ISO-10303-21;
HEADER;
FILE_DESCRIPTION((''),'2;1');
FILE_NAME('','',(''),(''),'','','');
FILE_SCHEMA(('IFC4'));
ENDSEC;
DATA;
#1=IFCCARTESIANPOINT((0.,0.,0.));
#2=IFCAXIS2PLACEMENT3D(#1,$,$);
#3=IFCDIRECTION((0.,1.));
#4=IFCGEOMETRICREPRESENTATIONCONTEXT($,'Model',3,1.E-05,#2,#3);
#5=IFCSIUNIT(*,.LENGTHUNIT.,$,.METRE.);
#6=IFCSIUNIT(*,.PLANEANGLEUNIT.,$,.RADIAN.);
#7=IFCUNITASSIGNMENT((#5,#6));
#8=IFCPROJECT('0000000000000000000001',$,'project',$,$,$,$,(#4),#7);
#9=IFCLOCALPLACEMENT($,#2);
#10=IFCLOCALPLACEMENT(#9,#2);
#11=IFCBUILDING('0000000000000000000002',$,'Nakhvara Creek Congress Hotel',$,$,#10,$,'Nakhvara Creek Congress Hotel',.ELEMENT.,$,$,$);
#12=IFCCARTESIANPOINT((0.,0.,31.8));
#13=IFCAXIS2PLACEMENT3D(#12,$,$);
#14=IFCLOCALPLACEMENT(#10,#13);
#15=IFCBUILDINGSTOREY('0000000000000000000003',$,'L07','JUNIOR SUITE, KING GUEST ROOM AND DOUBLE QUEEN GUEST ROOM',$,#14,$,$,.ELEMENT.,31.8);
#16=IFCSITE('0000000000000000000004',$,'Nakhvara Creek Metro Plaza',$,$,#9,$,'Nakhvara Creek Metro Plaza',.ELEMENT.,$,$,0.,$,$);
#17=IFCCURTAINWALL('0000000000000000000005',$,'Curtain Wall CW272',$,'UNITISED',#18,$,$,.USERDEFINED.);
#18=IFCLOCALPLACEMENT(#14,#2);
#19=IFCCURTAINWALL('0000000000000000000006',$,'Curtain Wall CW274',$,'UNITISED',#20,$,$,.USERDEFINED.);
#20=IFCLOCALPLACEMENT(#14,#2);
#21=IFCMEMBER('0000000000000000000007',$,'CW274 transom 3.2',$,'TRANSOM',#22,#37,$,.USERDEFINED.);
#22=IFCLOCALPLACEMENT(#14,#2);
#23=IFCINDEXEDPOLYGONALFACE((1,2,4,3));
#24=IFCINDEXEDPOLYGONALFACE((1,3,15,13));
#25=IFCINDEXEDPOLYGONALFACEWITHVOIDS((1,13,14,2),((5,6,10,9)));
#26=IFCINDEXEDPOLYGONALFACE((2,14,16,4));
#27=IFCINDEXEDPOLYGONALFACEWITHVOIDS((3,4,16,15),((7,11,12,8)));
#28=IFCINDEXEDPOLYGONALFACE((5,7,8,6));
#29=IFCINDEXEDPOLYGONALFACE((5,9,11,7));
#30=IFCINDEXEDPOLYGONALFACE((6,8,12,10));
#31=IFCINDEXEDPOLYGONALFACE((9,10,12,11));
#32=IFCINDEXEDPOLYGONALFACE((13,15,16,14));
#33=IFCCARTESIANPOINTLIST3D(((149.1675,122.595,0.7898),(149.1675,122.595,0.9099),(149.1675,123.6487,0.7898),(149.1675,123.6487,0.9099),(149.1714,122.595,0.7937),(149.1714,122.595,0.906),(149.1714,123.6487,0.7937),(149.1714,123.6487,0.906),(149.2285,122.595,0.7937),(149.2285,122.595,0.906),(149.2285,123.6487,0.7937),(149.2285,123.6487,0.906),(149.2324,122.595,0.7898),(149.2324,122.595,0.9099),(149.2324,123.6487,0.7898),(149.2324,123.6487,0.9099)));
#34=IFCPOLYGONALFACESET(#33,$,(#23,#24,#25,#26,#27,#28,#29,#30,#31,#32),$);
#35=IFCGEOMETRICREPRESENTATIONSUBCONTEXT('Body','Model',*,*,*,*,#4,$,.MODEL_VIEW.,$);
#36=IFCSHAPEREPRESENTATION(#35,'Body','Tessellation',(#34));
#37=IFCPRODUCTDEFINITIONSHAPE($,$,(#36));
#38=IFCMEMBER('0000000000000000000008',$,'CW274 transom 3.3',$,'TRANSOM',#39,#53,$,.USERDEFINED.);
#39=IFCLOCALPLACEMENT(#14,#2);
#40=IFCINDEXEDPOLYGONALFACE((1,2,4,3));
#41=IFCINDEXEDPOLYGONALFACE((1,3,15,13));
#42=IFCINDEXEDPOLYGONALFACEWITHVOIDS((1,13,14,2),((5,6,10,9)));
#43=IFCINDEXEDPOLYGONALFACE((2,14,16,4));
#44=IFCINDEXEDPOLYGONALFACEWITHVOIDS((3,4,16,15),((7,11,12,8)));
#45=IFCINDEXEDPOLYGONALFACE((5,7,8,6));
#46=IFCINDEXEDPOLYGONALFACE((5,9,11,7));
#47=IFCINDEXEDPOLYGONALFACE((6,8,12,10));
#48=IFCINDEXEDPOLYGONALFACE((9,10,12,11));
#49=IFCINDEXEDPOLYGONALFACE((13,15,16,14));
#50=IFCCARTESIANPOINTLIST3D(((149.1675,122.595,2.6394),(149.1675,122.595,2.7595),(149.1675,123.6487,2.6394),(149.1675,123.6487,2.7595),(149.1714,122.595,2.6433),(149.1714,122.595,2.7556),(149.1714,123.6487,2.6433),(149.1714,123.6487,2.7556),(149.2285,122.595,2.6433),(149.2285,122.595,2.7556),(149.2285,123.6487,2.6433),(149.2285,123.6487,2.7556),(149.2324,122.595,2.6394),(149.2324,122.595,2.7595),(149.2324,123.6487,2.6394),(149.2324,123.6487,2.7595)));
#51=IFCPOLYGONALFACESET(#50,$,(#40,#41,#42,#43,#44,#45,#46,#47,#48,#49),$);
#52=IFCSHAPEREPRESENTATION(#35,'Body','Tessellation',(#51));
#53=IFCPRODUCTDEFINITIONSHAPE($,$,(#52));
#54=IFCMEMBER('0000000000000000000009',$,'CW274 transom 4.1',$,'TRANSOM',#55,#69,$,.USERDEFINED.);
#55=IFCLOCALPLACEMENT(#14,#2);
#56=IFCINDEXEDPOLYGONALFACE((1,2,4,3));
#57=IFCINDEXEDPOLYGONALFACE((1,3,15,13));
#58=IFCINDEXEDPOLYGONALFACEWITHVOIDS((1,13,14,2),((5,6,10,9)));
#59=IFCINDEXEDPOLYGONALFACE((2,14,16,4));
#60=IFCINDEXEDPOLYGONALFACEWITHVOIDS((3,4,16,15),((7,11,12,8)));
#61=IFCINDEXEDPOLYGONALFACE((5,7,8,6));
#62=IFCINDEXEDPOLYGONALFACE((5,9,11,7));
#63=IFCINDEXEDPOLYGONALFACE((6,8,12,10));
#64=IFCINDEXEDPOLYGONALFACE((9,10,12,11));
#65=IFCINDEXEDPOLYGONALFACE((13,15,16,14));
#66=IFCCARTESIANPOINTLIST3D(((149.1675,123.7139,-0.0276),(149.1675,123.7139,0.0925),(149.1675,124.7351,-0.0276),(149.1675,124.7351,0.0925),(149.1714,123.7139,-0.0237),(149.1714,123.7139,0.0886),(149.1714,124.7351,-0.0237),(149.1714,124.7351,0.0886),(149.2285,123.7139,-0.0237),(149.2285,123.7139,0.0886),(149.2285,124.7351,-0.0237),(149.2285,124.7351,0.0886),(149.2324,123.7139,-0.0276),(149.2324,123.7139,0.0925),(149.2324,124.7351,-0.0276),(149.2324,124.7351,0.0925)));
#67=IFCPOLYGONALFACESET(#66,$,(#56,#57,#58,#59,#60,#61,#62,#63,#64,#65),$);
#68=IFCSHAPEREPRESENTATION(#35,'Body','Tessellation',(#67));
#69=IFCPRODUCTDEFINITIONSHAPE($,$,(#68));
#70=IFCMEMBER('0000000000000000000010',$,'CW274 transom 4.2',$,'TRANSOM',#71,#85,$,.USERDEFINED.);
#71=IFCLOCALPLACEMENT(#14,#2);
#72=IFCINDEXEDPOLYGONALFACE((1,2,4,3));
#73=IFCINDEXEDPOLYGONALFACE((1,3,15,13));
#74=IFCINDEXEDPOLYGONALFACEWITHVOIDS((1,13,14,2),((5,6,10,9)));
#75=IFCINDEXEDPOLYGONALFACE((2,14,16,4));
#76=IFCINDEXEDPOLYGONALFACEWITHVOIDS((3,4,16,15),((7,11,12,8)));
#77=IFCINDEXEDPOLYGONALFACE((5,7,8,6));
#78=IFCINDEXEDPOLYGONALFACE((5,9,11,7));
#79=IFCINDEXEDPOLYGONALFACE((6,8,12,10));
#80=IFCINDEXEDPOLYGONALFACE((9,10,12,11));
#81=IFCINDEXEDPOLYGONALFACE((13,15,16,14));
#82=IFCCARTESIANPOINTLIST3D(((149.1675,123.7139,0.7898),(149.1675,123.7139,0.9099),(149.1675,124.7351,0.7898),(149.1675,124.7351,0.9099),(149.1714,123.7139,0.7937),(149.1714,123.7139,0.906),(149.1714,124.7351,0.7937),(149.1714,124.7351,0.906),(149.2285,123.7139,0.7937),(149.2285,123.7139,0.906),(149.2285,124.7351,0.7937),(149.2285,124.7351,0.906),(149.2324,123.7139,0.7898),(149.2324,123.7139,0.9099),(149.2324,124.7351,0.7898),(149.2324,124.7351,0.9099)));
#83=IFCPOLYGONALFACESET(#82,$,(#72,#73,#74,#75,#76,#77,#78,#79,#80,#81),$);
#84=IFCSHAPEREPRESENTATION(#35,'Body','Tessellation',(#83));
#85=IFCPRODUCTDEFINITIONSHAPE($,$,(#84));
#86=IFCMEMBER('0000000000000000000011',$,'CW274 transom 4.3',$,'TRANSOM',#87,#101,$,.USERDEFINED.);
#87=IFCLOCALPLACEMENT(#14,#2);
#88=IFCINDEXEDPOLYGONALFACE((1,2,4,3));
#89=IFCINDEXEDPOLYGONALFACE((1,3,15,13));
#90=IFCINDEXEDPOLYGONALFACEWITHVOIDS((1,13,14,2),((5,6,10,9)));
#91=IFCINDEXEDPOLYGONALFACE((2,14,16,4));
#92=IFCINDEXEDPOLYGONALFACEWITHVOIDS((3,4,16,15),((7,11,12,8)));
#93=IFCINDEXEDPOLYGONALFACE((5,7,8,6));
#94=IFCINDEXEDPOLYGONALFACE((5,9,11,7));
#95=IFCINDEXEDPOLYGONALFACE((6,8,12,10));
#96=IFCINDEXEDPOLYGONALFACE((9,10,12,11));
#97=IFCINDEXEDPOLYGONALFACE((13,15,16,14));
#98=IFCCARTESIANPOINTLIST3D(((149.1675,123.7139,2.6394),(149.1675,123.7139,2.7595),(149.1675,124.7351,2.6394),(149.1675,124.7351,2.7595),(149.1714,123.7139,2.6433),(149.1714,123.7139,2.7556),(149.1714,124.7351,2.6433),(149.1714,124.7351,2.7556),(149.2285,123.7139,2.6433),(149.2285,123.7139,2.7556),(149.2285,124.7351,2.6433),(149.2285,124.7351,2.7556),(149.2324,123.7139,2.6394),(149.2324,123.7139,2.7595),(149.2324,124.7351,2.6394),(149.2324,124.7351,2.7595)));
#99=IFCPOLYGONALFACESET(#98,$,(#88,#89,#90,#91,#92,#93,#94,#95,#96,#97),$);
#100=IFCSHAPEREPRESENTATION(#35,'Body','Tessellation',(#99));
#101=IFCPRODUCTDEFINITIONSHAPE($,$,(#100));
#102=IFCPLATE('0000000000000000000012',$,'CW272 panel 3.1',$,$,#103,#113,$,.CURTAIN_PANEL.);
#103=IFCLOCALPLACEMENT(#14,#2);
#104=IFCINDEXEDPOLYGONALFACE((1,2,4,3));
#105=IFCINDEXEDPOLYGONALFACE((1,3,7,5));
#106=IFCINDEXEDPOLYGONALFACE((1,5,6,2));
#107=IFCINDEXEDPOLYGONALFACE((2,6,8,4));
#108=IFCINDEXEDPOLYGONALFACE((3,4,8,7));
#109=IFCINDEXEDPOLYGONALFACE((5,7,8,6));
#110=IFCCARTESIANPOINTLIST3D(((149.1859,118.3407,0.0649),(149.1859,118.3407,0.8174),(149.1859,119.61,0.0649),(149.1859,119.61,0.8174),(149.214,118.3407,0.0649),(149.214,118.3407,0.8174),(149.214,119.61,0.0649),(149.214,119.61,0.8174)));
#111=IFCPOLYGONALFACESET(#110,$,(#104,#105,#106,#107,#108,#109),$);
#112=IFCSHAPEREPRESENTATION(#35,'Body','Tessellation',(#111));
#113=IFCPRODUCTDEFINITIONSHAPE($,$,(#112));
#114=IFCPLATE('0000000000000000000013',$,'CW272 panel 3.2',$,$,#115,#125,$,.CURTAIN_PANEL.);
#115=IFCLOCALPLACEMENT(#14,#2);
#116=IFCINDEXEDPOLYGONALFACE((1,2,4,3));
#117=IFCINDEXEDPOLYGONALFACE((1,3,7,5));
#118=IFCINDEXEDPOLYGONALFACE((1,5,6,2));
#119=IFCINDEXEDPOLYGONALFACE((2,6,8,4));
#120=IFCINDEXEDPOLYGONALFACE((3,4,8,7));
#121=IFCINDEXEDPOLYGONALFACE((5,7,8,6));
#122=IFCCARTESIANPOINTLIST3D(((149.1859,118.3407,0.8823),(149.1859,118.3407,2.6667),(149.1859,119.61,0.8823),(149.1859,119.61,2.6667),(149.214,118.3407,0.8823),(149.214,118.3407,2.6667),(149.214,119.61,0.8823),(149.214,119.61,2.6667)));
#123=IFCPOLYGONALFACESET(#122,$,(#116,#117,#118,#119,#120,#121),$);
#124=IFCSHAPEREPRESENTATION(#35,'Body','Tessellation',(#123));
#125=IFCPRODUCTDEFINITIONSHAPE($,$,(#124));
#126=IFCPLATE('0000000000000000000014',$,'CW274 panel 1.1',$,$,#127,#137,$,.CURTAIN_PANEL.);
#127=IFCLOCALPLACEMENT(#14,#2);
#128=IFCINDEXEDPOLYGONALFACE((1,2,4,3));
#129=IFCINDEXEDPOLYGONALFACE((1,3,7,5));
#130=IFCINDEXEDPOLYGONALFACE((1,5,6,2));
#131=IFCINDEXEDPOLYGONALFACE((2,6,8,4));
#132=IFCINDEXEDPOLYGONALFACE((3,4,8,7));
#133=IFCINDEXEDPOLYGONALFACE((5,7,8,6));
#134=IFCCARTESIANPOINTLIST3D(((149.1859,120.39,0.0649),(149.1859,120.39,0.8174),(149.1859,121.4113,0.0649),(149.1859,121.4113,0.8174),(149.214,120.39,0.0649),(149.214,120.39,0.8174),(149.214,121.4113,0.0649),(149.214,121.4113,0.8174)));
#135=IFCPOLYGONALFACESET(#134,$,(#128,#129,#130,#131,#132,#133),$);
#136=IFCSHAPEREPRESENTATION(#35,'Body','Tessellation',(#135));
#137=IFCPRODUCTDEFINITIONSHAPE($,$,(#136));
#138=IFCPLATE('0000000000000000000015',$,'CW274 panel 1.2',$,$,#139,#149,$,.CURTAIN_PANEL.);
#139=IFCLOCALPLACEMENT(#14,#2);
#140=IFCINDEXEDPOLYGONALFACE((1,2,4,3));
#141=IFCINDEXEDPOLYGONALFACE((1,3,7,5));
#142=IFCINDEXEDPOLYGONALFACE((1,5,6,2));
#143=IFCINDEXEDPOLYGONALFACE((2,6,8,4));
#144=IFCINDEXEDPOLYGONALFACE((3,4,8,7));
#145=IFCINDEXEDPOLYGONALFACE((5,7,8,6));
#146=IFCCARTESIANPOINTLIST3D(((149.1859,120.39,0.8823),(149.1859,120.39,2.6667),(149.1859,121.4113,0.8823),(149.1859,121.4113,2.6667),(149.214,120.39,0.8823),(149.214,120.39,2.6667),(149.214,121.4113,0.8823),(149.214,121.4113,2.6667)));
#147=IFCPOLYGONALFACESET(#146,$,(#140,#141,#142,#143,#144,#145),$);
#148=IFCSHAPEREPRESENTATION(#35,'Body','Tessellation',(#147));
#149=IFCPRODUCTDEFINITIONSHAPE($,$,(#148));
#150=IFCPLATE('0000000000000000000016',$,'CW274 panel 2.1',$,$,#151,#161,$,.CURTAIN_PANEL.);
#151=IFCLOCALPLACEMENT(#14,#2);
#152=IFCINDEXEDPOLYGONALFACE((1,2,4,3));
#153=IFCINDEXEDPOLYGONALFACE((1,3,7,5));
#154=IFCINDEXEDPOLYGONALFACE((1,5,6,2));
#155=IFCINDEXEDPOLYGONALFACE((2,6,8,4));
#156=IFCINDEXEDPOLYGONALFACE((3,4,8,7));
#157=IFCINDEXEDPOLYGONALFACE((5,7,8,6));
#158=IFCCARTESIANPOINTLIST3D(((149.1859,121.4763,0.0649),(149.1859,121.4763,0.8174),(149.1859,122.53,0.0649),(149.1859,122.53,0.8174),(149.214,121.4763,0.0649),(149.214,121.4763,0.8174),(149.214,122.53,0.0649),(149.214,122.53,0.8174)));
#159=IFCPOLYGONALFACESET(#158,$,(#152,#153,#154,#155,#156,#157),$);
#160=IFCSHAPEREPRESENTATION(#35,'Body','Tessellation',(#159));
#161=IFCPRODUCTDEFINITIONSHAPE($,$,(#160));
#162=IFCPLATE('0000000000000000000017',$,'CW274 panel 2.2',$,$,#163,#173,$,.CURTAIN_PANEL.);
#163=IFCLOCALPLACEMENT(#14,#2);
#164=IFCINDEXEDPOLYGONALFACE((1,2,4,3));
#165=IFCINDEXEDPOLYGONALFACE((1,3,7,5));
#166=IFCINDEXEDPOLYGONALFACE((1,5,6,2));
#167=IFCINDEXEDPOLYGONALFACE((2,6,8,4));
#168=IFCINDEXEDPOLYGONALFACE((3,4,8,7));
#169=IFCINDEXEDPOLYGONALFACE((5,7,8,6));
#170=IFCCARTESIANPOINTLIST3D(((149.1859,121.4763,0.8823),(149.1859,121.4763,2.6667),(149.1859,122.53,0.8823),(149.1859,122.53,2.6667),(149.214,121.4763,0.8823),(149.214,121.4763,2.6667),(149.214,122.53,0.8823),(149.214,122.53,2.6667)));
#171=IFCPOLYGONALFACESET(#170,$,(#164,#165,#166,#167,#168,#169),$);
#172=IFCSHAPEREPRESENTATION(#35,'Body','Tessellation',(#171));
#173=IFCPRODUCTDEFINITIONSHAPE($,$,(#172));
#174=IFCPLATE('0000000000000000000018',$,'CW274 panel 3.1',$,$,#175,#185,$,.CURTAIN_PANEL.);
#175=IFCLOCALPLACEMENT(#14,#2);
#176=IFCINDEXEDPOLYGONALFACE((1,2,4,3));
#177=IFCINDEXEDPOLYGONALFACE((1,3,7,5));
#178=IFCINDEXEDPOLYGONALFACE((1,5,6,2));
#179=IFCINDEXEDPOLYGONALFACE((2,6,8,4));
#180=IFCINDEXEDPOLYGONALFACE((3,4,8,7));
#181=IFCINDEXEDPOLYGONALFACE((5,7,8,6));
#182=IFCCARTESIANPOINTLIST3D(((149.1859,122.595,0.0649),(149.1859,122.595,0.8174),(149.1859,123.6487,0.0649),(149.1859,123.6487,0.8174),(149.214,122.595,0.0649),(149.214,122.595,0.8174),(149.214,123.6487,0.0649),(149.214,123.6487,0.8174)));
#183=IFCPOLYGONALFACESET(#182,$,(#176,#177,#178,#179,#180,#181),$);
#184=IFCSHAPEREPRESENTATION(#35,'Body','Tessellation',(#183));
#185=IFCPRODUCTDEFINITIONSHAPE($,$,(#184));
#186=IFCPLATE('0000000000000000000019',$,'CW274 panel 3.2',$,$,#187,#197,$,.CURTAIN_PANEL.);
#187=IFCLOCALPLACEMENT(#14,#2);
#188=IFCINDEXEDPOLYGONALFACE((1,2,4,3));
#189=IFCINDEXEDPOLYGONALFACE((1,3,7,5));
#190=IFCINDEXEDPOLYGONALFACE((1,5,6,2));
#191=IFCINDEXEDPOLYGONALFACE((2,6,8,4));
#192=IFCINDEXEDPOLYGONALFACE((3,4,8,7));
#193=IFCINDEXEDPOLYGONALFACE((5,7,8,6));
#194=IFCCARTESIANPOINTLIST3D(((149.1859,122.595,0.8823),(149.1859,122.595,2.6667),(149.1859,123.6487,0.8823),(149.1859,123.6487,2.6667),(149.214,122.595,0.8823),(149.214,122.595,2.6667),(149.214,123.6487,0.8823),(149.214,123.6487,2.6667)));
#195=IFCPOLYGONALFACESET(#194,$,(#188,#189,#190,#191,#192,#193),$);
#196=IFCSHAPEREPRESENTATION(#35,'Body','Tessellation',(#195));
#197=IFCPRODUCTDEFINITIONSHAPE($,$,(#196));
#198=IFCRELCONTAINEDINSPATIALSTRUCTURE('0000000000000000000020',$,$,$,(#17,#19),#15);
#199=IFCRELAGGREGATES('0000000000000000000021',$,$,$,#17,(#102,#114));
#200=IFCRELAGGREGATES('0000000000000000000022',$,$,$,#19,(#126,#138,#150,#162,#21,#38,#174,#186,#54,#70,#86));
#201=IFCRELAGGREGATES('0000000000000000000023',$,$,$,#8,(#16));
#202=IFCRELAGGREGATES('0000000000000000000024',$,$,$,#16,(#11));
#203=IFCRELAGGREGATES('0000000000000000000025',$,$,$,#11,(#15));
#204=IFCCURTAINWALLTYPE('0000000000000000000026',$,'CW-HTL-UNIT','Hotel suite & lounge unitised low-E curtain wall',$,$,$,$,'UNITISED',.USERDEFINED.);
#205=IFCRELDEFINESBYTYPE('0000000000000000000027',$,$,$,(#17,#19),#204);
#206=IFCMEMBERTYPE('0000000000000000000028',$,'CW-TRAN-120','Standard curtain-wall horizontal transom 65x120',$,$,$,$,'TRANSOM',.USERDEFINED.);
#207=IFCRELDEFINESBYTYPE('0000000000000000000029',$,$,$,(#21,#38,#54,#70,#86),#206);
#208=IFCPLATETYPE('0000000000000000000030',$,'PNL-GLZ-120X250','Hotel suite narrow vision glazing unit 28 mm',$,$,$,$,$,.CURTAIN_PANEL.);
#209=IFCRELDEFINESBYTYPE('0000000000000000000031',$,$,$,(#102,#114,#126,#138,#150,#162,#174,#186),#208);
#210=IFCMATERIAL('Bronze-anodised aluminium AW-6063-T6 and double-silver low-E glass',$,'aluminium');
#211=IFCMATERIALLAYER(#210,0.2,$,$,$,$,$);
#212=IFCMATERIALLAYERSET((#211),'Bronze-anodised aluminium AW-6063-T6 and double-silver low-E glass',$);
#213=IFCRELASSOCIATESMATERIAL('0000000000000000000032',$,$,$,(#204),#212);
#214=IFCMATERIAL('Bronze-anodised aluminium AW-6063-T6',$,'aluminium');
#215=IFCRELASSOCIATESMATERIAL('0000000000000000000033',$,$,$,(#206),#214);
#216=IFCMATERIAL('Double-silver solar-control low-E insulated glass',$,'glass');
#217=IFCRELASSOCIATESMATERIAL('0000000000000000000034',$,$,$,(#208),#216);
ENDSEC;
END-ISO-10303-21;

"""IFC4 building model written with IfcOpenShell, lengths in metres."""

from ifc_helpers import new_model, si_unit, direction, frame, origin, origin_2d, place, context, subcontext, project, spatial, rectangle, hollow_rectangle, extrude, material, layer, layer_set, material_profile, profile_set, type_object, element, aggregate, save


model = new_model("IFC4")

# Units and contexts
model_context = context("Model", 3, precision=1e-05, world=origin(), true_north=direction((0.0, 1.0)))
body_context = subcontext(model_context, "Body", "Model", "MODEL_VIEW")
ifc_project = project(units=[si_unit("LENGTHUNIT", "METRE"), si_unit("PLANEANGLEUNIT", "RADIAN")], contexts=[model_context])

# Site, building, storey
site_placement = place(None, origin())
site = spatial("IfcSite", under=ifc_project, at=site_placement, Name="Nakhvara Creek Metro Plaza", LongName="Nakhvara Creek Metro Plaza", CompositionType="ELEMENT", RefElevation=0.0)
building_placement = place(site_placement, origin())
building = spatial("IfcBuilding", under=site, at=building_placement, Name="Nakhvara Creek Congress Hotel", LongName="Nakhvara Creek Congress Hotel", CompositionType="ELEMENT")
storey_placement = place(building_placement, frame((0.0, 0.0, 31.8)))
storey = spatial("IfcBuildingStorey", under=building, at=storey_placement, Name="L07", Description="JUNIOR SUITE, KING GUEST ROOM AND DOUBLE QUEEN GUEST ROOM", CompositionType="ELEMENT", Elevation=31.8)

# Curtain walls
ifc_material_1 = material(Name="Bronze-anodised aluminium AW-6063-T6 and double-silver low-E glass", Category="aluminium")
ifc_layer = layer(ifc_material_1, 0.2)
ifc_layer_set = layer_set([ifc_layer], Name="Bronze-anodised aluminium AW-6063-T6 and double-silver low-E glass")
curtain_wall_type = type_object("IfcCurtainWallType", Name="CW-HTL-UNIT", Description="Hotel suite & lounge unitised low-E curtain wall", ElementType="UNITISED", PredefinedType="USERDEFINED", material=ifc_layer_set)
curtain_wall_1_placement = place(storey_placement, origin())
curtain_wall_1 = element("IfcCurtainWall", 1, at=curtain_wall_1_placement, inside=storey, type_object=curtain_wall_type, Name="Curtain Wall CW272", ObjectType="UNITISED", PredefinedType="USERDEFINED")
ifc_material_2 = material(Name="Bronze-anodised aluminium AW-6063-T6", Category="aluminium")
curtain_wall_2_placement = place(storey_placement, origin())
curtain_wall_2 = element("IfcCurtainWall", 2, at=curtain_wall_2_placement, inside=storey, type_object=curtain_wall_type, Name="Curtain Wall CW274", ObjectType="UNITISED", PredefinedType="USERDEFINED")

# Members
ifc_material_profile_1 = material_profile(ifc_material_2, hollow_rectangle(XDim=0.0649, YDim=0.1201, WallThickness=0.0039, at=origin_2d()), Name="ALU-TRAN 65x120x4", Category="LoadBearing")
ifc_profile_set_1 = profile_set([ifc_material_profile_1], Name="Bronze-anodised aluminium AW-6063-T6")
member_type_1 = type_object("IfcMemberType", Name="CW-TRAN-120", Description="Standard curtain-wall horizontal transom 65x120", ElementType="TRANSOM", PredefinedType="USERDEFINED", material=ifc_profile_set_1)
member_1_placement = place(storey_placement, frame((149.2, 122.595, 0.8499), z_axis=(0.0, 1.0, 0.0), x_axis=(-1.0, 0.0, 0.0)))
member_1 = element("IfcMember", 3, at=member_1_placement, type_object=member_type_1, Name="CW274 transom 3.2", ObjectType="TRANSOM", PredefinedType="USERDEFINED", context=body_context, shape_type="SweptSolid", body=[
    extrude(hollow_rectangle(XDim=0.0649, YDim=0.1201, WallThickness=0.0039, at=origin_2d()), origin(), (0.0, 0.0, 1.0), 1.0537),
])
member_2_placement = place(storey_placement, frame((149.2, 122.595, 2.6995), z_axis=(0.0, 1.0, 0.0), x_axis=(-1.0, 0.0, 0.0)))
member_2 = element("IfcMember", 4, at=member_2_placement, type_object=member_type_1, Name="CW274 transom 3.3", ObjectType="TRANSOM", PredefinedType="USERDEFINED", context=body_context, shape_type="SweptSolid", body=[
    extrude(hollow_rectangle(XDim=0.0649, YDim=0.1201, WallThickness=0.0039, at=origin_2d()), origin(), (0.0, 0.0, 1.0), 1.0537),
])
member_3_placement = place(storey_placement, frame((149.2, 123.7139, 0.0325), z_axis=(0.0, 1.0, 0.0), x_axis=(-1.0, 0.0, 0.0)))
member_3 = element("IfcMember", 5, at=member_3_placement, type_object=member_type_1, Name="CW274 transom 4.1", ObjectType="TRANSOM", PredefinedType="USERDEFINED", context=body_context, shape_type="SweptSolid", body=[
    extrude(hollow_rectangle(XDim=0.0649, YDim=0.1201, WallThickness=0.0039, at=origin_2d()), origin(), (0.0, 0.0, 1.0), 1.0212),
])
member_4_placement = place(storey_placement, frame((149.2, 123.7139, 0.8499), z_axis=(0.0, 1.0, 0.0), x_axis=(-1.0, 0.0, 0.0)))
member_4 = element("IfcMember", 6, at=member_4_placement, type_object=member_type_1, Name="CW274 transom 4.2", ObjectType="TRANSOM", PredefinedType="USERDEFINED", context=body_context, shape_type="SweptSolid", body=[
    extrude(hollow_rectangle(XDim=0.0649, YDim=0.1201, WallThickness=0.0039, at=origin_2d()), origin(), (0.0, 0.0, 1.0), 1.0212),
])
member_5_placement = place(storey_placement, frame((149.2, 123.7139, 2.6995), z_axis=(0.0, 1.0, 0.0), x_axis=(-1.0, 0.0, 0.0)))
member_5 = element("IfcMember", 7, at=member_5_placement, type_object=member_type_1, Name="CW274 transom 4.3", ObjectType="TRANSOM", PredefinedType="USERDEFINED", context=body_context, shape_type="SweptSolid", body=[
    extrude(hollow_rectangle(XDim=0.0649, YDim=0.1201, WallThickness=0.0039, at=origin_2d()), origin(), (0.0, 0.0, 1.0), 1.0212),
])

# Plates
ifc_material_3 = material(Name="Double-silver solar-control low-E insulated glass", Category="glass")
plate_type = type_object("IfcPlateType", Name="PNL-GLZ-120X250", Description="Hotel suite narrow vision glazing unit 28 mm", PredefinedType="CURTAIN_PANEL", material=ifc_material_3)
plate_1_placement = place(storey_placement, frame((149.2, 118.9753, 0.0649), z_axis=(0.0, 0.0, 1.0), x_axis=(0.0, 1.0, 0.0)))
plate_1 = element("IfcPlate", 8, at=plate_1_placement, type_object=plate_type, Name="CW272 panel 3.1", PredefinedType="CURTAIN_PANEL", context=body_context, shape_type="SweptSolid", body=[
    extrude(rectangle(XDim=1.2693, YDim=0.0281, at=origin_2d()), origin(), (0.0, 0.0, 1.0), 0.7524),
])
plate_2_placement = place(storey_placement, frame((149.2, 118.9753, 0.8823), z_axis=(0.0, 0.0, 1.0), x_axis=(0.0, 1.0, 0.0)))
plate_2 = element("IfcPlate", 9, at=plate_2_placement, type_object=plate_type, Name="CW272 panel 3.2", PredefinedType="CURTAIN_PANEL", context=body_context, shape_type="SweptSolid", body=[
    extrude(rectangle(XDim=1.2693, YDim=0.0281, at=origin_2d()), origin(), (0.0, 0.0, 1.0), 1.7844),
])
aggregate(curtain_wall_1, [plate_1, plate_2])
plate_3_placement = place(storey_placement, frame((149.2, 120.9006, 0.0649), z_axis=(0.0, 0.0, 1.0), x_axis=(0.0, 1.0, 0.0)))
plate_3 = element("IfcPlate", 10, at=plate_3_placement, type_object=plate_type, Name="CW274 panel 1.1", PredefinedType="CURTAIN_PANEL", context=body_context, shape_type="SweptSolid", body=[
    extrude(rectangle(XDim=1.0212, YDim=0.0281, at=origin_2d()), origin(), (0.0, 0.0, 1.0), 0.7524),
])
plate_4_placement = place(storey_placement, frame((149.2, 120.9006, 0.8823), z_axis=(0.0, 0.0, 1.0), x_axis=(0.0, 1.0, 0.0)))
plate_4 = element("IfcPlate", 11, at=plate_4_placement, type_object=plate_type, Name="CW274 panel 1.2", PredefinedType="CURTAIN_PANEL", context=body_context, shape_type="SweptSolid", body=[
    extrude(rectangle(XDim=1.0212, YDim=0.0281, at=origin_2d()), origin(), (0.0, 0.0, 1.0), 1.7844),
])
plate_5_placement = place(storey_placement, frame((149.2, 122.0032, 0.0649), z_axis=(0.0, 0.0, 1.0), x_axis=(0.0, 1.0, 0.0)))
plate_5 = element("IfcPlate", 12, at=plate_5_placement, type_object=plate_type, Name="CW274 panel 2.1", PredefinedType="CURTAIN_PANEL", context=body_context, shape_type="SweptSolid", body=[
    extrude(rectangle(XDim=1.0537, YDim=0.0281, at=origin_2d()), origin(), (0.0, 0.0, 1.0), 0.7524),
])
plate_6_placement = place(storey_placement, frame((149.2, 122.0032, 0.8823), z_axis=(0.0, 0.0, 1.0), x_axis=(0.0, 1.0, 0.0)))
plate_6 = element("IfcPlate", 13, at=plate_6_placement, type_object=plate_type, Name="CW274 panel 2.2", PredefinedType="CURTAIN_PANEL", context=body_context, shape_type="SweptSolid", body=[
    extrude(rectangle(XDim=1.0537, YDim=0.0281, at=origin_2d()), origin(), (0.0, 0.0, 1.0), 1.7844),
])
plate_7_placement = place(storey_placement, frame((149.2, 123.1218, 0.0649), z_axis=(0.0, 0.0, 1.0), x_axis=(0.0, 1.0, 0.0)))
plate_7 = element("IfcPlate", 14, at=plate_7_placement, type_object=plate_type, Name="CW274 panel 3.1", PredefinedType="CURTAIN_PANEL", context=body_context, shape_type="SweptSolid", body=[
    extrude(rectangle(XDim=1.0537, YDim=0.0281, at=origin_2d()), origin(), (0.0, 0.0, 1.0), 0.7524),
])
plate_8_placement = place(storey_placement, frame((149.2, 123.1218, 0.8823), z_axis=(0.0, 0.0, 1.0), x_axis=(0.0, 1.0, 0.0)))
plate_8 = element("IfcPlate", 15, at=plate_8_placement, type_object=plate_type, Name="CW274 panel 3.2", PredefinedType="CURTAIN_PANEL", context=body_context, shape_type="SweptSolid", body=[
    extrude(rectangle(XDim=1.0537, YDim=0.0281, at=origin_2d()), origin(), (0.0, 0.0, 1.0), 1.7844),
])
aggregate(curtain_wall_2, [plate_3, plate_4, plate_5, plate_6, member_1, member_2, plate_7, plate_8, member_3, member_4, member_5])

save(model, "model.ifc")
